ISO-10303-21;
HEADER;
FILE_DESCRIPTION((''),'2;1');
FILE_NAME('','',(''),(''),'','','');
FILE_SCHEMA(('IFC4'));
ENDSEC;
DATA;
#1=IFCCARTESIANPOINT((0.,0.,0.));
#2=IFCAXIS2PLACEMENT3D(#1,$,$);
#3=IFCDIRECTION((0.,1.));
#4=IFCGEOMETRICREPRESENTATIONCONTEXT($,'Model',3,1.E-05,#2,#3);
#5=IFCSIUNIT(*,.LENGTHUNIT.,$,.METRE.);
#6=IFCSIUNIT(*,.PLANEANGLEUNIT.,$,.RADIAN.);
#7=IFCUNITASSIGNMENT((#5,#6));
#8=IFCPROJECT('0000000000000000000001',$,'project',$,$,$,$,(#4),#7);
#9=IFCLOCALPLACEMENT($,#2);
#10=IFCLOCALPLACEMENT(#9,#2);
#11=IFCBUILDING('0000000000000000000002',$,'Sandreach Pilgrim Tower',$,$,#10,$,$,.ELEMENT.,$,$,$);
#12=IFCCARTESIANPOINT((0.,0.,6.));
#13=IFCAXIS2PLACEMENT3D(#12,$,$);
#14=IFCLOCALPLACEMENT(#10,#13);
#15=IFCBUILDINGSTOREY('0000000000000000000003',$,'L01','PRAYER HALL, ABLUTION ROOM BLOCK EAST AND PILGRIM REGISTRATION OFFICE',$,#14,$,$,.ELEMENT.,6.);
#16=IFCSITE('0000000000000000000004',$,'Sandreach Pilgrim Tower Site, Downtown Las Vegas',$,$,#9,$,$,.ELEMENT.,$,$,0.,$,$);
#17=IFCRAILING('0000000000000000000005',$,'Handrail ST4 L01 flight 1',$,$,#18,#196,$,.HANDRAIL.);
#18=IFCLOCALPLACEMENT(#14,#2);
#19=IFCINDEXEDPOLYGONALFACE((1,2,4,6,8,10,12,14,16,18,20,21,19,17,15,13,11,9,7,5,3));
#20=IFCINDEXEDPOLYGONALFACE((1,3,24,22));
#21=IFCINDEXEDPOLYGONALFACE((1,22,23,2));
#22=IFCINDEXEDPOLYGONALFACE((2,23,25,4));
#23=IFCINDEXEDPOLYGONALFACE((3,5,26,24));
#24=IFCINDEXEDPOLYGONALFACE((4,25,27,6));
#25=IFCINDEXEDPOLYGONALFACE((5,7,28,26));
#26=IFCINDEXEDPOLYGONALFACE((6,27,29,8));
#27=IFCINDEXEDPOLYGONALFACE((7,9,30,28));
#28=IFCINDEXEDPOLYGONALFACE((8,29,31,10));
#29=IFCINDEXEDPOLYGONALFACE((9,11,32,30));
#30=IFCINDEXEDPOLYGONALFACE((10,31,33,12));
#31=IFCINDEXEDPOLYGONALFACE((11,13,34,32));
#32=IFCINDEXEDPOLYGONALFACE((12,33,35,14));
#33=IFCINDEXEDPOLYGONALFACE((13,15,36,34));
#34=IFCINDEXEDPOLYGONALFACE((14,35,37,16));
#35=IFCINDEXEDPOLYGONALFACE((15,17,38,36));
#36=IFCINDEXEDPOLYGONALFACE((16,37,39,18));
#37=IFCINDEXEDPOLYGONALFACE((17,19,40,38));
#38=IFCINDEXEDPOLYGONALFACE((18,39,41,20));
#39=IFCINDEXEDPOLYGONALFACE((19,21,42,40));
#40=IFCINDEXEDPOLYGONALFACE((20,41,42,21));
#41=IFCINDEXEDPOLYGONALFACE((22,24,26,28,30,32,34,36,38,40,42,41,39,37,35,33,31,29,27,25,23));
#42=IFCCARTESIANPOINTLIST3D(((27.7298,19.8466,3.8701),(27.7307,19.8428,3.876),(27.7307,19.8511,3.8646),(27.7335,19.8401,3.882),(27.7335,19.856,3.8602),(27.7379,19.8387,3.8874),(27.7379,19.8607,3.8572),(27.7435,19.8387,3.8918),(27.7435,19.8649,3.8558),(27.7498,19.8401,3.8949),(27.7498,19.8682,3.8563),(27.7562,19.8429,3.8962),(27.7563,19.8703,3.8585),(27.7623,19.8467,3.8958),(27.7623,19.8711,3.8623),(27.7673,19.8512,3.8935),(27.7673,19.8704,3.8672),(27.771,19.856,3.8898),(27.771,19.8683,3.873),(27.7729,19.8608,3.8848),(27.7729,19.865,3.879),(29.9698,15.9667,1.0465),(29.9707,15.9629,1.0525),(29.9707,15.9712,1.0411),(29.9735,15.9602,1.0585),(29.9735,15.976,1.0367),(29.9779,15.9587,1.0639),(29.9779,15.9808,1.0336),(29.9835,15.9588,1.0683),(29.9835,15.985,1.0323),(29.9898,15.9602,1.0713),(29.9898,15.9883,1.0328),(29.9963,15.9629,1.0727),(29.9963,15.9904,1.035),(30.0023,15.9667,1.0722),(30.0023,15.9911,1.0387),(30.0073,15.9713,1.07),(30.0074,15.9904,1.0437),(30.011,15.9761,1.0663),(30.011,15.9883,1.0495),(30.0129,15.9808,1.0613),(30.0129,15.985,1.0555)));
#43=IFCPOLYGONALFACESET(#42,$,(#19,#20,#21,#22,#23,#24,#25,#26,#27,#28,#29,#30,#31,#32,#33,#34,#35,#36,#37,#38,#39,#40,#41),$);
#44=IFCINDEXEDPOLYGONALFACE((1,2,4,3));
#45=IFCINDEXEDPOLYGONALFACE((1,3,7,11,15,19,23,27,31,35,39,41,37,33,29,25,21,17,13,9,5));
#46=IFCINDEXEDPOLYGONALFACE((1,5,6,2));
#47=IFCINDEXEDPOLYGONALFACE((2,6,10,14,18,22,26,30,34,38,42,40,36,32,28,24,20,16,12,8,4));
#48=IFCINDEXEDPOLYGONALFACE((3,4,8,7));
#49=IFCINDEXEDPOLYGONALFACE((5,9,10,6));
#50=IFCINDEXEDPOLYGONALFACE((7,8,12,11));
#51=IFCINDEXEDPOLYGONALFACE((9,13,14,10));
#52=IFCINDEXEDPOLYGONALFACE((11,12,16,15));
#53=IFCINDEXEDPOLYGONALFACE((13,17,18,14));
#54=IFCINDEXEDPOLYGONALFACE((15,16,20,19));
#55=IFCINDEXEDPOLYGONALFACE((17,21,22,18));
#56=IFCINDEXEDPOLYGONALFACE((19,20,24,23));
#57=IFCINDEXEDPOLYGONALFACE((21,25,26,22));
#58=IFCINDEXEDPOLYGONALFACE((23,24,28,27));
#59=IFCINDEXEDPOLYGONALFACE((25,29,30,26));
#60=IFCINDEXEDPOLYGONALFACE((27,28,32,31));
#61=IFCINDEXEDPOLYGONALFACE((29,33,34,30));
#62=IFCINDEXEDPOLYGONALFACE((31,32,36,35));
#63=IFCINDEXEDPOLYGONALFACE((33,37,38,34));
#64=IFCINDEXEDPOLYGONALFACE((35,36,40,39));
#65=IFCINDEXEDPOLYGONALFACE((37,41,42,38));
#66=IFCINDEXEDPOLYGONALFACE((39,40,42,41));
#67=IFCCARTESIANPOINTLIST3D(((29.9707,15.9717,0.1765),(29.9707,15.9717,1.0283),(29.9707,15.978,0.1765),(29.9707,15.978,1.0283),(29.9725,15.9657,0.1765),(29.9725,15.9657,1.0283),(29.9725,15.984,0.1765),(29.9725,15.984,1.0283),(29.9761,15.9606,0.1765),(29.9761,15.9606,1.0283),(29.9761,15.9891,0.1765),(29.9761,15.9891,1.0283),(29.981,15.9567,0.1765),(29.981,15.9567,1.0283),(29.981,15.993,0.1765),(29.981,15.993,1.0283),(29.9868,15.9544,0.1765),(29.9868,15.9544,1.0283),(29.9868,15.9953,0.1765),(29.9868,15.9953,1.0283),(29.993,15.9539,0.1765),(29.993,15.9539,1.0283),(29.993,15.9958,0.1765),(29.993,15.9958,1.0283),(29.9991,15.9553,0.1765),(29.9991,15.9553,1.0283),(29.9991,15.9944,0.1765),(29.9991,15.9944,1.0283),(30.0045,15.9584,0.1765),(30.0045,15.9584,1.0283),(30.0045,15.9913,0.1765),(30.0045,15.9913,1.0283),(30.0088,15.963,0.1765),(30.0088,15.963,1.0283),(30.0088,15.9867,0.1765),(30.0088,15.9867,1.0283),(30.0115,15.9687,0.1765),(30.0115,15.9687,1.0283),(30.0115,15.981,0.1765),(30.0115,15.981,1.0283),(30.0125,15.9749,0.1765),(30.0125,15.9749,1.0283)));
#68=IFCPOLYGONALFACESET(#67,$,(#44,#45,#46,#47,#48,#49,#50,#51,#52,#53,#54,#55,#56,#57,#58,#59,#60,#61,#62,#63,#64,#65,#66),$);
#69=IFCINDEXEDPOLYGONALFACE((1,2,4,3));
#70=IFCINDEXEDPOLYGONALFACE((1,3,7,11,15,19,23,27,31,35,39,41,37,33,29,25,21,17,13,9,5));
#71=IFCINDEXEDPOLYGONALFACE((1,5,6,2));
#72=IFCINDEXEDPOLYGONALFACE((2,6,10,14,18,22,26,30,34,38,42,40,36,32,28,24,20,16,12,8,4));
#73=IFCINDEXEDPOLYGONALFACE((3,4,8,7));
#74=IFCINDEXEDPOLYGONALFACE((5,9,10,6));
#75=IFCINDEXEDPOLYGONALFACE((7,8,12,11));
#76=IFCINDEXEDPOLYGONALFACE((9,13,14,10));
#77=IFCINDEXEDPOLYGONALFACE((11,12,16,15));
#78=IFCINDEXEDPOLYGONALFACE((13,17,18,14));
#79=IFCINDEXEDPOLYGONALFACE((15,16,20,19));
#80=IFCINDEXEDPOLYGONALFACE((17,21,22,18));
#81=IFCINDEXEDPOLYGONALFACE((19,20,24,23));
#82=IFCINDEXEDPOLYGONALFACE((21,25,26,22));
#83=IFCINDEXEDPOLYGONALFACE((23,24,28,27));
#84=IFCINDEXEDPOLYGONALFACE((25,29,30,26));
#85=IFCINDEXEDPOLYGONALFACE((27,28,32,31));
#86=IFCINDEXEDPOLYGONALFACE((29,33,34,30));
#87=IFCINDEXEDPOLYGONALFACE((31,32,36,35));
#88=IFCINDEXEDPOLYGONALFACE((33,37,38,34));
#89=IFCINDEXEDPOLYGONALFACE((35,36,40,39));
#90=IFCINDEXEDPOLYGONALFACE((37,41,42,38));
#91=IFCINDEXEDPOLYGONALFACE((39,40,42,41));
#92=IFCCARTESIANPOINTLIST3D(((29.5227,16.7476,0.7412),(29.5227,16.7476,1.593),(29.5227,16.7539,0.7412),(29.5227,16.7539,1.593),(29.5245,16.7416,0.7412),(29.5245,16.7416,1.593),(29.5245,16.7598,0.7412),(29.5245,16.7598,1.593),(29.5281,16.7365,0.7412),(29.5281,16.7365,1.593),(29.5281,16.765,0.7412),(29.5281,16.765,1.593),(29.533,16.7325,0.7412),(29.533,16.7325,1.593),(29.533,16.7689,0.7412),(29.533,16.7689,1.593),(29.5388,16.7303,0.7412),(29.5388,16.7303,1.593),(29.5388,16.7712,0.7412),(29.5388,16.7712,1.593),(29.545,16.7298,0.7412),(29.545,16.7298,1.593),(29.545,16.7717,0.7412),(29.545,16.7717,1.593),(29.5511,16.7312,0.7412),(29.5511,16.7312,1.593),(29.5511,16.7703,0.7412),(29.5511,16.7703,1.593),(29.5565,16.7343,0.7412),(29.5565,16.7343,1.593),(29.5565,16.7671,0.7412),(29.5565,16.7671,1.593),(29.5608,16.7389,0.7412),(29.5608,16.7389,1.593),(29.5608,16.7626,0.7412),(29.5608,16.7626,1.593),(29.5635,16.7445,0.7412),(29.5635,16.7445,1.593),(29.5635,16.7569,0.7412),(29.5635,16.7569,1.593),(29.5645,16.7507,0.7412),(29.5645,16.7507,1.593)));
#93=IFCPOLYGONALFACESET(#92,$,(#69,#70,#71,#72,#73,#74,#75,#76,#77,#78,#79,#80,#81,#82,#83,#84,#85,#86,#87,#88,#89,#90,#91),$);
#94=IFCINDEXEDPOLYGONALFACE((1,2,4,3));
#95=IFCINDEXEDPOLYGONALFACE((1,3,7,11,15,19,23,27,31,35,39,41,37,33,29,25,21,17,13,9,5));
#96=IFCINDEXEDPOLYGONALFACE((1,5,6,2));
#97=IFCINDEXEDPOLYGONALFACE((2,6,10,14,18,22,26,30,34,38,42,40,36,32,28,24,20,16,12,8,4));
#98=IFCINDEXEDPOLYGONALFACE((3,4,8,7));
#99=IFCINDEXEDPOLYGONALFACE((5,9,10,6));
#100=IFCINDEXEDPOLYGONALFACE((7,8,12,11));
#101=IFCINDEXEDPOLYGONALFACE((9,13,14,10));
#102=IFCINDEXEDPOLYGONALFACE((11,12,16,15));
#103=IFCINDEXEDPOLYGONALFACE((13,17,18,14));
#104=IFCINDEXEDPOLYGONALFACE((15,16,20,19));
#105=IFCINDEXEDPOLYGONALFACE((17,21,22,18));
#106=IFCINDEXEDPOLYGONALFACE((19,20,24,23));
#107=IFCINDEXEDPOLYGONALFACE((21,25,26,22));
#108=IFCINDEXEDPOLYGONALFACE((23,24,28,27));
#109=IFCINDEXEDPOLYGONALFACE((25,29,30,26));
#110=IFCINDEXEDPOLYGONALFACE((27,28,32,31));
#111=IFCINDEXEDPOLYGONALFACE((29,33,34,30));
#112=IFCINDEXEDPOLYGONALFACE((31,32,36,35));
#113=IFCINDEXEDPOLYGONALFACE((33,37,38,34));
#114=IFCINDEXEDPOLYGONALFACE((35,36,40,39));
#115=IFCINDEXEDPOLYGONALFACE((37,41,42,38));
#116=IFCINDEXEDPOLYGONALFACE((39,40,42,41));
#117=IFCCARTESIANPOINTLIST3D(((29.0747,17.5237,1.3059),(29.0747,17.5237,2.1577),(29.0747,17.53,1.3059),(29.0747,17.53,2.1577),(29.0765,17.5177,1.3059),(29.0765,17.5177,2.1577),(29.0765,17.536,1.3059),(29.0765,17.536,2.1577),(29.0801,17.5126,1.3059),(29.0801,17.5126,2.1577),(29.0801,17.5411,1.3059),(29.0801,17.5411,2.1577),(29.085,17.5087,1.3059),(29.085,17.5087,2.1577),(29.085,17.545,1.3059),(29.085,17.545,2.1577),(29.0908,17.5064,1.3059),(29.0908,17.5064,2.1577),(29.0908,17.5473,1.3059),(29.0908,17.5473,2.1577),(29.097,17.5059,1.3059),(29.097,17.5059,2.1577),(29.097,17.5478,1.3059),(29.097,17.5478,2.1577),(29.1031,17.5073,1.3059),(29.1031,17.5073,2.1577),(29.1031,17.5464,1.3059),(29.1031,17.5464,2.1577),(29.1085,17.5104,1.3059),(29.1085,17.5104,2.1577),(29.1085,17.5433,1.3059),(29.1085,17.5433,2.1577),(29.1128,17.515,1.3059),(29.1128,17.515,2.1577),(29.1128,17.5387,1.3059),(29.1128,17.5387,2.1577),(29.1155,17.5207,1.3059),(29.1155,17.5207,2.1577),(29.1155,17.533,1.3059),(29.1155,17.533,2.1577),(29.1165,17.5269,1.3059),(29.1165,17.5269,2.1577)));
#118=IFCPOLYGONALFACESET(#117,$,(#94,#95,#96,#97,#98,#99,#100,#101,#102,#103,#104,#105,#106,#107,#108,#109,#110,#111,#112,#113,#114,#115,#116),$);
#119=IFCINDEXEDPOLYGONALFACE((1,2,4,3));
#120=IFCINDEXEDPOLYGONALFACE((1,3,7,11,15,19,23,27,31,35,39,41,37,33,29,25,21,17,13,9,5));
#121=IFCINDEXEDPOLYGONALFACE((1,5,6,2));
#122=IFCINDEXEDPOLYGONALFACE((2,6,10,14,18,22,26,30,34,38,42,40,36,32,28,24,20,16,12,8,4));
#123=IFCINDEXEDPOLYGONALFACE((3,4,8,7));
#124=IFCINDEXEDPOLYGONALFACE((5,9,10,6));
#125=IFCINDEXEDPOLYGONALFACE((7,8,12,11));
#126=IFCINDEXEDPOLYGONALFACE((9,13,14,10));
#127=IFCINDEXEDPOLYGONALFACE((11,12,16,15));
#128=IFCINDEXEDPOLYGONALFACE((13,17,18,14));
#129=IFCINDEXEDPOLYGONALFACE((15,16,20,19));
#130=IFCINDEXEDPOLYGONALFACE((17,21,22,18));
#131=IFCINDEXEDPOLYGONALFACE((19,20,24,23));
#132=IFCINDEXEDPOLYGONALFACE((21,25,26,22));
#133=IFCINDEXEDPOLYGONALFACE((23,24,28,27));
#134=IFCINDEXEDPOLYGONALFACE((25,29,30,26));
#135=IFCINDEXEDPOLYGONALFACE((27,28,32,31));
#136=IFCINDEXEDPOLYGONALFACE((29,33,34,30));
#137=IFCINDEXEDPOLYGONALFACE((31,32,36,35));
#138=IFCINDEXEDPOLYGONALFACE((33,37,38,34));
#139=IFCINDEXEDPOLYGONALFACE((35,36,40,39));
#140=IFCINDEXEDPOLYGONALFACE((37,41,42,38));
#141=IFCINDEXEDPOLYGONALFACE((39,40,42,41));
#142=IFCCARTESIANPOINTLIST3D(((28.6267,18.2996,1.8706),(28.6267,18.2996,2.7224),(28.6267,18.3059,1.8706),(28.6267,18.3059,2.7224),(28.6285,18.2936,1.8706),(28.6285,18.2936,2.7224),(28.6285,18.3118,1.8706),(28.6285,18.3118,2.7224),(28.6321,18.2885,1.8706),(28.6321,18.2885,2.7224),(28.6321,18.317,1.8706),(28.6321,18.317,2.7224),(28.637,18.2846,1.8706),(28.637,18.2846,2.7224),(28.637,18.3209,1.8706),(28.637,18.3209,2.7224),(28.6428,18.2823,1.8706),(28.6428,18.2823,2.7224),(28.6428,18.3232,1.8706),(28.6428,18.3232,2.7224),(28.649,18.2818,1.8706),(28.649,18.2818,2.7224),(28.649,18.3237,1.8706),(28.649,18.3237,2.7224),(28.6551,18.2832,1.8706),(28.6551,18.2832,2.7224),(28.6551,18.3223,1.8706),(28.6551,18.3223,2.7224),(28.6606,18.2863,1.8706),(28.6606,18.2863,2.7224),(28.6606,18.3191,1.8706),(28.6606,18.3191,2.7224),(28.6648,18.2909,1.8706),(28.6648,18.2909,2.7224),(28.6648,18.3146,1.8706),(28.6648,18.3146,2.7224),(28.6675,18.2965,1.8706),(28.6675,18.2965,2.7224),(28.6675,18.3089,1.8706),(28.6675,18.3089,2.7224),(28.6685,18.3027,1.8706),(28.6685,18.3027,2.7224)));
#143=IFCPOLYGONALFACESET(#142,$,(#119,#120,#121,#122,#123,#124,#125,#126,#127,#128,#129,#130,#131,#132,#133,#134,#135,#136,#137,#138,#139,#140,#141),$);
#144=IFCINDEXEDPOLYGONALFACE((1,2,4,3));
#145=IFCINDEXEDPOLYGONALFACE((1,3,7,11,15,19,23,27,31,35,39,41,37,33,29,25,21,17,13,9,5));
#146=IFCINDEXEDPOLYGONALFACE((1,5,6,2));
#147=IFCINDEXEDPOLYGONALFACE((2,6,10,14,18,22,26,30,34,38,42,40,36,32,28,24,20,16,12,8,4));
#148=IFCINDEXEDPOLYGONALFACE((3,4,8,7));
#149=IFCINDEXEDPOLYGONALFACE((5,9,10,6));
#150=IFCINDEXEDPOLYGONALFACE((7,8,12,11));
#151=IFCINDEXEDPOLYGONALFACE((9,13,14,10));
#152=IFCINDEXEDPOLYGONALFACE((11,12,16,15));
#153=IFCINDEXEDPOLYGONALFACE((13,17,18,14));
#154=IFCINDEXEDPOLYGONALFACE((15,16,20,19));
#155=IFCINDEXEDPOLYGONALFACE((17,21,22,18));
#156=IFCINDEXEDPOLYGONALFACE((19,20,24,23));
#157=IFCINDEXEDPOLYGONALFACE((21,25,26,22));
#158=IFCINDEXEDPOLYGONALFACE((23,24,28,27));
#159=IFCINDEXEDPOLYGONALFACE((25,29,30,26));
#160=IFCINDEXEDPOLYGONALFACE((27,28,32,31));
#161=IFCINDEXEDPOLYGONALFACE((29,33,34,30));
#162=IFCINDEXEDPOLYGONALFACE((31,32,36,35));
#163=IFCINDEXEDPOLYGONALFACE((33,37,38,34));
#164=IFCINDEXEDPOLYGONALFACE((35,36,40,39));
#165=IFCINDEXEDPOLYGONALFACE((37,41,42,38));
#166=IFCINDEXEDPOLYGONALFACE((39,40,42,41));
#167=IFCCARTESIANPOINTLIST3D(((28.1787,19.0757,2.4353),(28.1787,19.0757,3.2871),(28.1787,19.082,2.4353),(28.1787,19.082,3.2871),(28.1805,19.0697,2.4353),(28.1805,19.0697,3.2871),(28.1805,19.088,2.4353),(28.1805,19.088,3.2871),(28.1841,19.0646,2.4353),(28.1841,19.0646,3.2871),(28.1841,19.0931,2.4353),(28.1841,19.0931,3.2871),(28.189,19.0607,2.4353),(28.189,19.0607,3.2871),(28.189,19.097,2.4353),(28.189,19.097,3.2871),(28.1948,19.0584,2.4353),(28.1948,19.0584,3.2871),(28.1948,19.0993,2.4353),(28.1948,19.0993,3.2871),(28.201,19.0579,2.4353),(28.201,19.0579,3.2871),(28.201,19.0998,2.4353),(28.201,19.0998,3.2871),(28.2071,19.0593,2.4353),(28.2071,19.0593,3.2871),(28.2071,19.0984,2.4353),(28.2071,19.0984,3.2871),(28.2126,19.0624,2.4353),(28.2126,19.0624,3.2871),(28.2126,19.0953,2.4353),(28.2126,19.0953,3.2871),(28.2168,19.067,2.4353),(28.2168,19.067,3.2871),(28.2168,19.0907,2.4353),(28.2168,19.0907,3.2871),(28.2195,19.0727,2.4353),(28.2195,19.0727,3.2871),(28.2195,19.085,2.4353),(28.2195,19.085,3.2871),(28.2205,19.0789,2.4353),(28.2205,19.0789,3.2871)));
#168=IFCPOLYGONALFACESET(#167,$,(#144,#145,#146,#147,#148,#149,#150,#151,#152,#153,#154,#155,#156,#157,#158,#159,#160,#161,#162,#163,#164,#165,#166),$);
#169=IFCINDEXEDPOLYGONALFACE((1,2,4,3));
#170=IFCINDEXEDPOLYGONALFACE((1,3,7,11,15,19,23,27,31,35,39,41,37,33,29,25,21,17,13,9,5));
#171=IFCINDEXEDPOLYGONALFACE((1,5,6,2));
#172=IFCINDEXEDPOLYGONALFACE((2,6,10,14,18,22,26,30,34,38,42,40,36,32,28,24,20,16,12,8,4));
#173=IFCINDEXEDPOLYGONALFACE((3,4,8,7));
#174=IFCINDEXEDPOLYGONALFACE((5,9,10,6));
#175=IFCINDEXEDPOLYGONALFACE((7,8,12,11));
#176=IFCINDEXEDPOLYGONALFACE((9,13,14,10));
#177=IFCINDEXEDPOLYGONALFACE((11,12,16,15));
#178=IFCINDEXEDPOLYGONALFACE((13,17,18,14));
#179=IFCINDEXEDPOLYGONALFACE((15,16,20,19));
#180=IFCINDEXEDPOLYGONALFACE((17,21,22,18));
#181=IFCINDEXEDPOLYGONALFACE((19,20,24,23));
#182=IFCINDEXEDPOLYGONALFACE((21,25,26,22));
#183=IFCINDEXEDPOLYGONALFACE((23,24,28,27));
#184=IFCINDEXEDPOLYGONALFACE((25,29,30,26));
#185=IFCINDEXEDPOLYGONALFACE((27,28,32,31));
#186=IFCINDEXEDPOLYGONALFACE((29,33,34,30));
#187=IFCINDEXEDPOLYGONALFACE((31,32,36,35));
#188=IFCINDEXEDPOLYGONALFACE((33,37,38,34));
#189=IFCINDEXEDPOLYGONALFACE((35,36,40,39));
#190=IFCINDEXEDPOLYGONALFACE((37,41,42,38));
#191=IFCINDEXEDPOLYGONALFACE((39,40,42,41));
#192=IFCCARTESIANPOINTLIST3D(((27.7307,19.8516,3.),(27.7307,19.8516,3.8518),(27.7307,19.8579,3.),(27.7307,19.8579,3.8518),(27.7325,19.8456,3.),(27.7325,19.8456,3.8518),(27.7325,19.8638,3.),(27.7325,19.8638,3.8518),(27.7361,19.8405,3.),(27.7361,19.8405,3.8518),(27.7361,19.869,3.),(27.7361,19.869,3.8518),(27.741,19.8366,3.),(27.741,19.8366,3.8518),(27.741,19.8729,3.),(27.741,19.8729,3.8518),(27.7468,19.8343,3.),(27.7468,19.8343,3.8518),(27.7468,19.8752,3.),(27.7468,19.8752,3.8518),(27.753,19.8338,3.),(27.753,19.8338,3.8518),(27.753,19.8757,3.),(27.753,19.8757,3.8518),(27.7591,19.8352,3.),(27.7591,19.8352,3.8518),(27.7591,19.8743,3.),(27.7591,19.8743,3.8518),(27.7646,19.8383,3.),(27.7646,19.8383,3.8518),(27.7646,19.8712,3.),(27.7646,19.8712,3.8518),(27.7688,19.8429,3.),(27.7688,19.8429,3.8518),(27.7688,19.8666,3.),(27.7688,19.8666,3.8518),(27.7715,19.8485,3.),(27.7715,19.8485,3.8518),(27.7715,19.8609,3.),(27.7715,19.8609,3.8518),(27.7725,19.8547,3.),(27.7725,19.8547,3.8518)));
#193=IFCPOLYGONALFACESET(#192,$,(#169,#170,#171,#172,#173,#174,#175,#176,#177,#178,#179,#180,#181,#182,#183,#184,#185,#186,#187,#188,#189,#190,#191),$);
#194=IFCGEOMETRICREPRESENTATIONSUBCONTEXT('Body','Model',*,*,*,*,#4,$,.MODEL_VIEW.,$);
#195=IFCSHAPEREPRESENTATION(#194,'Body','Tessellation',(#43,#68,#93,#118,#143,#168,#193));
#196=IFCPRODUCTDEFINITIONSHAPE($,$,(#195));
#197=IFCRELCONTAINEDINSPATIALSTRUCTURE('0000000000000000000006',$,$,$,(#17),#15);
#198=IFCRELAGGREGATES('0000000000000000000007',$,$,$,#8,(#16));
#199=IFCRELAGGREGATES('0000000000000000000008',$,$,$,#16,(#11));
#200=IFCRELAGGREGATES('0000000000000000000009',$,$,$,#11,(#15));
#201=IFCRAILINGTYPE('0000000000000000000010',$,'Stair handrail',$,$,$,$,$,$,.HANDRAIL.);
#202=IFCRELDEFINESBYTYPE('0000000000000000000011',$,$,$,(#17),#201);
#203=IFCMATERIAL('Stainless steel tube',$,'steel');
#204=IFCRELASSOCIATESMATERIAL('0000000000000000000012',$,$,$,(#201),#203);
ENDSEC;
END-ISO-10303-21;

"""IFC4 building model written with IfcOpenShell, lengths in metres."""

from ifc_helpers import new_model, si_unit, direction, frame, origin, origin_2d, place, context, subcontext, project, spatial, circle, extrude, material, type_object, element, save


model = new_model("IFC4")

# Units and contexts
model_context = context("Model", 3, precision=1e-05, world=origin(), true_north=direction((0.0, 1.0)))
body_context = subcontext(model_context, "Body", "Model", "MODEL_VIEW")
ifc_project = project(units=[si_unit("LENGTHUNIT", "METRE"), si_unit("PLANEANGLEUNIT", "RADIAN")], contexts=[model_context])

# Site, building, storey
site_placement = place(None, origin())
site = spatial("IfcSite", under=ifc_project, at=site_placement, Name="Sandreach Pilgrim Tower Site, Downtown Las Vegas", CompositionType="ELEMENT", RefElevation=0.0)
building_placement = place(site_placement, origin())
building = spatial("IfcBuilding", under=site, at=building_placement, Name="Sandreach Pilgrim Tower", CompositionType="ELEMENT")
storey_placement = place(building_placement, frame((0.0, 0.0, 6.0)))
storey = spatial("IfcBuildingStorey", under=building, at=storey_placement, Name="L01", Description="PRAYER HALL, ABLUTION ROOM BLOCK EAST AND PILGRIM REGISTRATION OFFICE", CompositionType="ELEMENT", Elevation=6.0)

# Railing
ifc_material_1 = material(Name="Stainless steel tube", Category="steel")
railing_type = type_object("IfcRailingType", Name="Stair handrail", PredefinedType="HANDRAIL", material=ifc_material_1)
for number, where, name in (
    (1, (29.9915, 15.9749, 0.1765), "Handrail ST4 L01 flight 1"),
):
    element("IfcRailing", number, at=place(storey_placement, frame(where)), inside=storey, type_object=railing_type, Name=name, PredefinedType="HANDRAIL", context=body_context, shape_type="SweptSolid", body=[
        extrude(circle(Radius=0.0239, at=origin_2d()), frame((0.0, 0.0, 0.876), z_axis=(-0.422993, 0.732665, 0.533178), x_axis=(-0.866031, -0.49999, 0.0)), (0.0, 0.0, 1.0), 5.2957),
        extrude(circle(Radius=0.021, at=origin_2d()), origin(), (0.0, 0.0, 1.0), 0.8518),
        extrude(circle(Radius=0.021, at=origin_2d()), frame((-0.448, 0.7759, 0.5647)), (0.0, 0.0, 1.0), 0.8518),
        extrude(circle(Radius=0.021, at=origin_2d()), frame((-0.896, 1.552, 1.1294)), (0.0, 0.0, 1.0), 0.8518),
        extrude(circle(Radius=0.021, at=origin_2d()), frame((-1.344, 2.3279, 1.6941)), (0.0, 0.0, 1.0), 0.8518),
        extrude(circle(Radius=0.021, at=origin_2d()), frame((-1.792, 3.104, 2.2588)), (0.0, 0.0, 1.0), 0.8518),
        extrude(circle(Radius=0.021, at=origin_2d()), frame((-2.24, 3.8799, 2.8235)), (0.0, 0.0, 1.0), 0.8518),
    ])

save(model, "model.ifc")
